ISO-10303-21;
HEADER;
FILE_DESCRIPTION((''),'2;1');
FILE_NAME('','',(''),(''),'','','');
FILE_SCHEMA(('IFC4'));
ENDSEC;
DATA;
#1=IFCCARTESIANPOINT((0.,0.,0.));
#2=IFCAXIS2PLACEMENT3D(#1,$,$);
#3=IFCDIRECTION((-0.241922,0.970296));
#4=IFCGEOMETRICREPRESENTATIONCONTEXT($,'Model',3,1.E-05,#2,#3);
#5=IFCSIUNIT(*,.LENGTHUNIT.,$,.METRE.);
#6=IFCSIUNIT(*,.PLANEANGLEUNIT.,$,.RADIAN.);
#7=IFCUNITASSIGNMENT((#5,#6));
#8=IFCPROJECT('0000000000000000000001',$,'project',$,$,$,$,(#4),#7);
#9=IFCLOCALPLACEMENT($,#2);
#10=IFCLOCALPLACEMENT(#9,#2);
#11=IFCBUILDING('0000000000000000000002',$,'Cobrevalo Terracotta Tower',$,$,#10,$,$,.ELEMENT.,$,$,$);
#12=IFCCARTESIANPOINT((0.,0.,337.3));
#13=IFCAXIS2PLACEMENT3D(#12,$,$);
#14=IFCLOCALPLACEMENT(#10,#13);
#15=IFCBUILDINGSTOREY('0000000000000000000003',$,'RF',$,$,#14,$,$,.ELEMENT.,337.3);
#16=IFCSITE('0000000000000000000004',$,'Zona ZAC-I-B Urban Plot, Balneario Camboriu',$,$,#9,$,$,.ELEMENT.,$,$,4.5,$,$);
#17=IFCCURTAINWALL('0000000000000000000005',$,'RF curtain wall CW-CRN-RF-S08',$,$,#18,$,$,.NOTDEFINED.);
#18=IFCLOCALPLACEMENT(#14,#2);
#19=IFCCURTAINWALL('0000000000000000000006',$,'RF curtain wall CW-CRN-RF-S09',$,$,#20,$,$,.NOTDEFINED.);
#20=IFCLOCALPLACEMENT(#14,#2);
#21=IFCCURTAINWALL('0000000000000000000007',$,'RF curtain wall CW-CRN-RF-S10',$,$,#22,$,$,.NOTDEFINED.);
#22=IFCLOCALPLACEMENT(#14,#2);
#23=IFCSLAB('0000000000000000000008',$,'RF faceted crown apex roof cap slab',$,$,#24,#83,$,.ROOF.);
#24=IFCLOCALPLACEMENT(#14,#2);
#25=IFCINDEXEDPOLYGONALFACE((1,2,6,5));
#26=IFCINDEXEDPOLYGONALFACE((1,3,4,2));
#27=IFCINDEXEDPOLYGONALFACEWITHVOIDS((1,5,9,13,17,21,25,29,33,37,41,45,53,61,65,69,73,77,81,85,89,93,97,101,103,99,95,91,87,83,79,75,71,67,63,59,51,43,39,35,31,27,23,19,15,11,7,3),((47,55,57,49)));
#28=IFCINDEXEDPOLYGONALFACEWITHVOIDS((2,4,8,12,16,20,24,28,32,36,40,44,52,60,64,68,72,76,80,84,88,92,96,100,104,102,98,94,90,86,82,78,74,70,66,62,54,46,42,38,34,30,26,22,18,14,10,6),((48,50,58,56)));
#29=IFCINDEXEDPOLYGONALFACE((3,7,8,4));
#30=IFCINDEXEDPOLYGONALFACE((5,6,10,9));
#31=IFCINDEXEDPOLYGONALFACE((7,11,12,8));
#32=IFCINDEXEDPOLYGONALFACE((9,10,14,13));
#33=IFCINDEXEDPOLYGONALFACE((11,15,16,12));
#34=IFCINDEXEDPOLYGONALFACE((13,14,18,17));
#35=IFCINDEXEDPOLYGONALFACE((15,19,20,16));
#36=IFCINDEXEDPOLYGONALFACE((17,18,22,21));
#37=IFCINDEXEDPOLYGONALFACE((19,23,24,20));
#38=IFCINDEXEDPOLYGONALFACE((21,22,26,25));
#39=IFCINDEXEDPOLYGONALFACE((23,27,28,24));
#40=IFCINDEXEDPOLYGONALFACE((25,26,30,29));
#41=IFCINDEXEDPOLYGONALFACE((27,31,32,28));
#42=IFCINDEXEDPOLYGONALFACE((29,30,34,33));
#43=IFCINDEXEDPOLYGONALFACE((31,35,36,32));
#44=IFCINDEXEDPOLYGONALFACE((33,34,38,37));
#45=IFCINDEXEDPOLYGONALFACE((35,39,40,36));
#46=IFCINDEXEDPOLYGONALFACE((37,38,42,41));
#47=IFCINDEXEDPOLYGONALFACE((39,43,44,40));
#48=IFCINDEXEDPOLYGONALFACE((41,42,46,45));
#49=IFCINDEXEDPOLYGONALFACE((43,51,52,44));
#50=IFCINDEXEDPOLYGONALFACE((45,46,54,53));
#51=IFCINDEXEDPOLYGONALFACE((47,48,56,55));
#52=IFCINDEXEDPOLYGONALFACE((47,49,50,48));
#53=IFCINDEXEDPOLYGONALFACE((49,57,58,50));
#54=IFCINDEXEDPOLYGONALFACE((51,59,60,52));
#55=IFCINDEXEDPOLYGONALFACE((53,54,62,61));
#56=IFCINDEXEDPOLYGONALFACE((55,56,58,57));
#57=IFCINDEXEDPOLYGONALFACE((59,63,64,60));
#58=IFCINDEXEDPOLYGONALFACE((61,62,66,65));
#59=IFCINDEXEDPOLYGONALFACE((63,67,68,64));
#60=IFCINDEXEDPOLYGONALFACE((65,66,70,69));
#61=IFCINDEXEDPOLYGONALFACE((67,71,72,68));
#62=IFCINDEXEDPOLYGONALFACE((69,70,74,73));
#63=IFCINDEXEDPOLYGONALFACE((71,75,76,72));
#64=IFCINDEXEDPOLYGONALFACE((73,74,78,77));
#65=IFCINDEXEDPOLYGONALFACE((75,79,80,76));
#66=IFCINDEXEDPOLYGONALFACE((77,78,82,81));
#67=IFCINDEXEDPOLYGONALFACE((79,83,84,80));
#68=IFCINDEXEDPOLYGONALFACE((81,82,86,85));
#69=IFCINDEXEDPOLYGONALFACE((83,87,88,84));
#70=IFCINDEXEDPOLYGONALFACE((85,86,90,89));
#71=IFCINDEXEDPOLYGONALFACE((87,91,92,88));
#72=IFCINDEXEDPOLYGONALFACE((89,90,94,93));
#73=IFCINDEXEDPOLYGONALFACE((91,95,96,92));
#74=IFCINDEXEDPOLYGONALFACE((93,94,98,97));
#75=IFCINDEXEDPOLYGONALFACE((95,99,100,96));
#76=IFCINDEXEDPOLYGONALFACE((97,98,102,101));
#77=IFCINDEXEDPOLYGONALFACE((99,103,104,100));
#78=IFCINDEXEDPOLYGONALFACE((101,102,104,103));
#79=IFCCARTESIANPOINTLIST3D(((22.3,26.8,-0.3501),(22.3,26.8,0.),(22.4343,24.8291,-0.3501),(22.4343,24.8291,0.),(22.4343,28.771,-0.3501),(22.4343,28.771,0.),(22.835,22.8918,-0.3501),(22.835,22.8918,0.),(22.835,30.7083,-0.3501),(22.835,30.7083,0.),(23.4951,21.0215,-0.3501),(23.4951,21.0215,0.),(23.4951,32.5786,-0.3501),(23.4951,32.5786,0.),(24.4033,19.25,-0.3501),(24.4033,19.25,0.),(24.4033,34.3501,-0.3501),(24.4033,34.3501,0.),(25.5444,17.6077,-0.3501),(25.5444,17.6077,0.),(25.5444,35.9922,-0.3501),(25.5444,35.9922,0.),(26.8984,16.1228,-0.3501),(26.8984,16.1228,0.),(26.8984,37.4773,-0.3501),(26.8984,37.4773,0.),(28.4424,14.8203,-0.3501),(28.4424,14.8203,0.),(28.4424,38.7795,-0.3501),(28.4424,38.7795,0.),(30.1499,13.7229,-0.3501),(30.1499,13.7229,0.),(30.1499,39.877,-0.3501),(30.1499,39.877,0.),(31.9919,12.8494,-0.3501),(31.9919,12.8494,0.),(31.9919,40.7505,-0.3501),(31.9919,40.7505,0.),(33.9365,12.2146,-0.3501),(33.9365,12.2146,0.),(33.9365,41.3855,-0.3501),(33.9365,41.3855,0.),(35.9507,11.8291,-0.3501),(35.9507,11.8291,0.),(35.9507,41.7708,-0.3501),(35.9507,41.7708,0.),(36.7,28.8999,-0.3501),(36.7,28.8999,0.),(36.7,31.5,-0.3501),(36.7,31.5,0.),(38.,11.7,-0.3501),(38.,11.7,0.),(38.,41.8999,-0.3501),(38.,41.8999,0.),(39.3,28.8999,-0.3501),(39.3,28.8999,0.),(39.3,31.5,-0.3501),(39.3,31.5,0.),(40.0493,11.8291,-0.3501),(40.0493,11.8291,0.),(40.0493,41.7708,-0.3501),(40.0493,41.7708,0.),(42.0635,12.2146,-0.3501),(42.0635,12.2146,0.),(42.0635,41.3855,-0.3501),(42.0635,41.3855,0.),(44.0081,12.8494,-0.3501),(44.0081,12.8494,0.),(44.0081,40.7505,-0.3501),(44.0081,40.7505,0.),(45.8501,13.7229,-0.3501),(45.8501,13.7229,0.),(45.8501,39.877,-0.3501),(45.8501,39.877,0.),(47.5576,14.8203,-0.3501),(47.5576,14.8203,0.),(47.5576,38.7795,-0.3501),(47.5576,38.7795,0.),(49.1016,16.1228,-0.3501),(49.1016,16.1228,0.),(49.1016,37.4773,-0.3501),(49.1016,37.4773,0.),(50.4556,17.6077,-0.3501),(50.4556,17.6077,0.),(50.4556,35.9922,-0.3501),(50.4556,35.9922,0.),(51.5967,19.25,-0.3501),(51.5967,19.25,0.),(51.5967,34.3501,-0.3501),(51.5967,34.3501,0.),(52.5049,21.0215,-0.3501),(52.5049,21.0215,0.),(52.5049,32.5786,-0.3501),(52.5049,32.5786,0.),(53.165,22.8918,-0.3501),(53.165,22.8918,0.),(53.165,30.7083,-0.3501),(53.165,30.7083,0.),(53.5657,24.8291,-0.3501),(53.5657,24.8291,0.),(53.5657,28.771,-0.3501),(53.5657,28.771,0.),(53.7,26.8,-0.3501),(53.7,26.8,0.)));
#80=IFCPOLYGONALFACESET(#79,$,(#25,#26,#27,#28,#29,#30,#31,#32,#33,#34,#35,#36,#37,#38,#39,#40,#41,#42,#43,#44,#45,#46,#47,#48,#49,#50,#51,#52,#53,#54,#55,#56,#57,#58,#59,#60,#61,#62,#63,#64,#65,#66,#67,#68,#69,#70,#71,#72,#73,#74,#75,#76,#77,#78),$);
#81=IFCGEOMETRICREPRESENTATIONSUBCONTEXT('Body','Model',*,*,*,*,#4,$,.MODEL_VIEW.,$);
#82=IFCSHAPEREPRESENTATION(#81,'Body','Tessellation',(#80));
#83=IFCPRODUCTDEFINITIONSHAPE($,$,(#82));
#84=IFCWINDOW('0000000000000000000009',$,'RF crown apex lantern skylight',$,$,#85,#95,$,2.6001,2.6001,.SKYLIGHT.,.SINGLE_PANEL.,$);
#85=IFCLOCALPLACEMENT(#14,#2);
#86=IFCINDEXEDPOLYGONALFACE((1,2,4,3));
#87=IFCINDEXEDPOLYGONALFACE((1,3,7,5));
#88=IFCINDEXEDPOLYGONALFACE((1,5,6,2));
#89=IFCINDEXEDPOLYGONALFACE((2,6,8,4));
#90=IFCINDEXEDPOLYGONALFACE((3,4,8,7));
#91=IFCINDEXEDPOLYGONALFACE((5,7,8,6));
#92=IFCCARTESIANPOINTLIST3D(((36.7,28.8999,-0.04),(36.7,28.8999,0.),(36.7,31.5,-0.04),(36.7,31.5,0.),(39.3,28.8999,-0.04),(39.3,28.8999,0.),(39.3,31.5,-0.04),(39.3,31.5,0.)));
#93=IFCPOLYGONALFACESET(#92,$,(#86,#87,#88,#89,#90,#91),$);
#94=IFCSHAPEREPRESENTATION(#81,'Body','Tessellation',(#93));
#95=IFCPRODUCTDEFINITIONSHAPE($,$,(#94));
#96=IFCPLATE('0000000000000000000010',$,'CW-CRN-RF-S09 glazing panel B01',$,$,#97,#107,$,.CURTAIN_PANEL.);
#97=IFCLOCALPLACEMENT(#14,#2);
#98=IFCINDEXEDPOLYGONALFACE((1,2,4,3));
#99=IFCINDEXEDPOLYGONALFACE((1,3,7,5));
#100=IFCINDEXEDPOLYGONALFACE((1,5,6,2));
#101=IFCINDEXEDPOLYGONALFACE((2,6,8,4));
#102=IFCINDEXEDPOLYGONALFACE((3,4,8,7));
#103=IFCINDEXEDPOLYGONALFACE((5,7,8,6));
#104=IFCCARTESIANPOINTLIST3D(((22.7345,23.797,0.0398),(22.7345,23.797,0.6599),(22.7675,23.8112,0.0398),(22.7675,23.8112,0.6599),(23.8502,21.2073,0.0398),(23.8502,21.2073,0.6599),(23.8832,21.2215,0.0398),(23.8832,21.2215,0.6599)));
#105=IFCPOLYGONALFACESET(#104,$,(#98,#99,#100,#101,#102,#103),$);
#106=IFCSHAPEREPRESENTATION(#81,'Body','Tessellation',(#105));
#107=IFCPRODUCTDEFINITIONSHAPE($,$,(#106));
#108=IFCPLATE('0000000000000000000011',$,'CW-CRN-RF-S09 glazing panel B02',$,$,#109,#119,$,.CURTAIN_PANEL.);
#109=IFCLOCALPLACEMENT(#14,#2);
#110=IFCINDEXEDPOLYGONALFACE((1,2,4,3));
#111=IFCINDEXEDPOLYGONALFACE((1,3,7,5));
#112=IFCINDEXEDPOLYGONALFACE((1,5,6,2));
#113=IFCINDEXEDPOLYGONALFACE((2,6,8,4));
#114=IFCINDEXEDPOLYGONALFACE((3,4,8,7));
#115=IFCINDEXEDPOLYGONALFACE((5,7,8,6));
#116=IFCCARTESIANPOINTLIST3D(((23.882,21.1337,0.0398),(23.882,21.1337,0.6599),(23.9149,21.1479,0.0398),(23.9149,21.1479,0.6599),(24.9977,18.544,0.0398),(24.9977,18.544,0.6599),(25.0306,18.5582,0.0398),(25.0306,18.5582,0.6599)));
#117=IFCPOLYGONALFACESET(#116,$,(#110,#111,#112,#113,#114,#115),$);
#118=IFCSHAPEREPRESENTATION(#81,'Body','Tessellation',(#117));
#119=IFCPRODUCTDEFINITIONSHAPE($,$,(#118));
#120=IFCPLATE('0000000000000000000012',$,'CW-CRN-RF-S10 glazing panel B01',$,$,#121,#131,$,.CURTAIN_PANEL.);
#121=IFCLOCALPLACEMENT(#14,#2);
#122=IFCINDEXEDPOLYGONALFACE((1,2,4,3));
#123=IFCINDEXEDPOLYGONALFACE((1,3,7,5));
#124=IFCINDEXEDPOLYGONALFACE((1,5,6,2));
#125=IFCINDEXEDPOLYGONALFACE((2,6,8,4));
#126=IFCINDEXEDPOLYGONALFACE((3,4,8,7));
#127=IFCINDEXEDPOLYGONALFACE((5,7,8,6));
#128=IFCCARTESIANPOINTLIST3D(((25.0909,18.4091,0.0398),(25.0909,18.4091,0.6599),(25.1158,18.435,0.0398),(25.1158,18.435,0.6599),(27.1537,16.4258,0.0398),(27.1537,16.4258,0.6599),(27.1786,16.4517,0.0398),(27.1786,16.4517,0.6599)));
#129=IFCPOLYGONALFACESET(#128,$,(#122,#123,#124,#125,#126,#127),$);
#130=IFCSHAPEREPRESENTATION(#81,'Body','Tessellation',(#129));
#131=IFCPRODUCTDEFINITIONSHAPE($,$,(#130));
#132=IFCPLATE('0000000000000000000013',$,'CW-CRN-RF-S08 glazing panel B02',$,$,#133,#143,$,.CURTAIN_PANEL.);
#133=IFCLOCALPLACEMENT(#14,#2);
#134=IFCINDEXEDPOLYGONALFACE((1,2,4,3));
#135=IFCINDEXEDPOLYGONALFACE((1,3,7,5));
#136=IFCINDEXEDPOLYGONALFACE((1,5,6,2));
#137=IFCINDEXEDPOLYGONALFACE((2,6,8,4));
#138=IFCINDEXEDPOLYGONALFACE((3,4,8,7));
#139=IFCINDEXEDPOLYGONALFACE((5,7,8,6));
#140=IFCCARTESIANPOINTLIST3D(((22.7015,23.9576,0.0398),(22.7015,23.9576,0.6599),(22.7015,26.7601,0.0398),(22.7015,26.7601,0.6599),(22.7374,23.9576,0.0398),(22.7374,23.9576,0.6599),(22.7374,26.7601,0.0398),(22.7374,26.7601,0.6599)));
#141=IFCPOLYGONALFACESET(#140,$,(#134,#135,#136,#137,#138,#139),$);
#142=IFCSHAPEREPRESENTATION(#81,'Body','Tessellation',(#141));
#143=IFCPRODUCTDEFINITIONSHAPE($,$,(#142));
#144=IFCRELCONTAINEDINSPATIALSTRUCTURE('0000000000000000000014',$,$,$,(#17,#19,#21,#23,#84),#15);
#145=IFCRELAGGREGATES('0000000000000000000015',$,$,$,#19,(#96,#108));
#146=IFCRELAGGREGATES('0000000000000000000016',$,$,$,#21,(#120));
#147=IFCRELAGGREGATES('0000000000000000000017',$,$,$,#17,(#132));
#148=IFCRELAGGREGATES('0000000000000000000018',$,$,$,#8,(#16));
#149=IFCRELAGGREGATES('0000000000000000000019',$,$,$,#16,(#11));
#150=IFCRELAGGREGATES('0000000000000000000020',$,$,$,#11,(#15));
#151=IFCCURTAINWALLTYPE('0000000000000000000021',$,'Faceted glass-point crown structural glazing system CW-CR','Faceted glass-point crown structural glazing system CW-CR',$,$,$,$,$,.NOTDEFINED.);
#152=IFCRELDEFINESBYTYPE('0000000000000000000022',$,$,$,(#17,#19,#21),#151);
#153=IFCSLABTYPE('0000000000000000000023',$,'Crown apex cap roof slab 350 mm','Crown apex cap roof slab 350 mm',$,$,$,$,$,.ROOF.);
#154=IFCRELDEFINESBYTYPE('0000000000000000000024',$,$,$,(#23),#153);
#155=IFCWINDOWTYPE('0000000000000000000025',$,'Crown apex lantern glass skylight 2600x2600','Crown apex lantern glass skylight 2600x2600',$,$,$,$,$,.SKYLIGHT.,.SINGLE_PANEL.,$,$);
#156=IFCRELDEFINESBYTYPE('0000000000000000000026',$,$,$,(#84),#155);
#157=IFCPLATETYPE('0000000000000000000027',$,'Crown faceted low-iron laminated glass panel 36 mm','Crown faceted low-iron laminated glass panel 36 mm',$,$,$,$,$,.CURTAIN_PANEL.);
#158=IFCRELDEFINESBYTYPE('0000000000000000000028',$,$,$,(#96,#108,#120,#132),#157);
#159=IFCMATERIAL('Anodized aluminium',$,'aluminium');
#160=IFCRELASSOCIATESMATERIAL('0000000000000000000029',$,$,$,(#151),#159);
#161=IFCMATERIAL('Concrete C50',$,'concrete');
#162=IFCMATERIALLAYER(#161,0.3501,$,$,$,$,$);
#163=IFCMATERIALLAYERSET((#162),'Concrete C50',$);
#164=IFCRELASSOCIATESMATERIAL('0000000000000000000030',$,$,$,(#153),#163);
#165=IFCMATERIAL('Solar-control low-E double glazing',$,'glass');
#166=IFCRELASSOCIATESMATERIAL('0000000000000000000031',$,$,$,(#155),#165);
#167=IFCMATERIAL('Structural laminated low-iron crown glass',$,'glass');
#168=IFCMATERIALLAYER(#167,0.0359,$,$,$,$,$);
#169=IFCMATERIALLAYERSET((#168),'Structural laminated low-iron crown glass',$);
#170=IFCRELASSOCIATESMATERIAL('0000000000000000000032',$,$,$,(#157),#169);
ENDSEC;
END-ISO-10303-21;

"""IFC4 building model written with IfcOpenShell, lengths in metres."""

from ifc_helpers import new_model, si_unit, direction, frame, origin, origin_2d, place, context, subcontext, project, spatial, polyline, rectangle, outline, extrude, source, transform, mapped, material, layer, layer_set, type_object, element, fill, aggregate, save


model = new_model("IFC4")

# Units and contexts
model_context = context("Model", 3, precision=1e-05, world=origin(), true_north=direction((-0.241922, 0.970296)))
body_context = subcontext(model_context, "Body", "Model", "MODEL_VIEW")
ifc_project = project(units=[si_unit("LENGTHUNIT", "METRE"), si_unit("PLANEANGLEUNIT", "RADIAN")], contexts=[model_context])

# Site, building, storey
site_placement = place(None, origin())
site = spatial("IfcSite", under=ifc_project, at=site_placement, Name="Zona ZAC-I-B Urban Plot, Balneario Camboriu", CompositionType="ELEMENT", RefElevation=4.5)
building_placement = place(site_placement, origin())
building = spatial("IfcBuilding", under=site, at=building_placement, Name="Cobrevalo Terracotta Tower", CompositionType="ELEMENT")
storey_placement = place(building_placement, frame((0.0, 0.0, 337.3)))
storey = spatial("IfcBuildingStorey", under=building, at=storey_placement, Name="RF", CompositionType="ELEMENT", Elevation=337.3)

# Curtain wall
ifc_material_1 = material(Name="Anodized aluminium", Category="aluminium")
curtain_wall_type = type_object("IfcCurtainWallType", Name="Faceted glass-point crown structural glazing system CW-CR", Description="Faceted glass-point crown structural glazing system CW-CR", PredefinedType="NOTDEFINED", material=ifc_material_1)
curtain_wall_1_placement = place(storey_placement, origin())
curtain_wall_1 = element("IfcCurtainWall", 1, at=curtain_wall_1_placement, inside=storey, type_object=curtain_wall_type, Name="RF curtain wall CW-CRN-RF-S08", PredefinedType="NOTDEFINED")

# Curtain walls
curtain_wall_2_placement = place(storey_placement, origin())
curtain_wall_2 = element("IfcCurtainWall", 2, at=curtain_wall_2_placement, inside=storey, type_object=curtain_wall_type, Name="RF curtain wall CW-CRN-RF-S09", PredefinedType="NOTDEFINED")
curtain_wall_3_placement = place(storey_placement, origin())
curtain_wall_3 = element("IfcCurtainWall", 3, at=curtain_wall_3_placement, inside=storey, type_object=curtain_wall_type, Name="RF curtain wall CW-CRN-RF-S10", PredefinedType="NOTDEFINED")

# Slab, opening, window
ifc_material_2 = material(Name="Concrete C50", Category="concrete")
ifc_layer_1 = layer(ifc_material_2, 0.3501)
ifc_layer_set_1 = layer_set([ifc_layer_1], Name="Concrete C50")
slab_type = type_object("IfcSlabType", Name="Crown apex cap roof slab 350 mm", Description="Crown apex cap roof slab 350 mm", PredefinedType="ROOF", material=ifc_layer_set_1)
slab_placement = place(storey_placement, frame((0.0, 0.0, -0.3501)))
slab = element("IfcSlab", 4, at=slab_placement, inside=storey, type_object=slab_type, Name="RF faceted crown apex roof cap slab", PredefinedType="ROOF", context=body_context, shape_type="SweptSolid", body=[
    extrude(outline(polyline([(53.5657, 24.8291), (53.165, 22.8918), (52.5049, 21.0215), (51.5967, 19.25), (50.4556, 17.6077), (49.1016, 16.1228), (47.5576, 14.8203), (45.8501, 13.7229), (44.0081, 12.8494), (42.0635, 12.2146), (40.0493, 11.8291), (38.0, 11.7), (35.9507, 11.8291), (33.9365, 12.2146), (31.9919, 12.8494), (30.1499, 13.7229), (28.4424, 14.8203), (26.8984, 16.1228), (25.5444, 17.6077), (24.4033, 19.25), (23.4951, 21.0215), (22.835, 22.8918), (22.4343, 24.8291), (22.3, 26.8), (22.4343, 28.771), (22.835, 30.7083), (23.4951, 32.5786), (24.4033, 34.3501), (25.5444, 35.9922), (26.8984, 37.4773), (28.4424, 38.7795), (30.1499, 39.877), (31.9919, 40.7505), (33.9365, 41.3855), (35.9507, 41.7708), (38.0, 41.8999), (40.0493, 41.7708), (42.0635, 41.3855), (44.0081, 40.7505), (45.8501, 39.877), (47.5576, 38.7795), (49.1016, 37.4773), (50.4556, 35.9922), (51.5967, 34.3501), (52.5049, 32.5786), (53.165, 30.7083), (53.5657, 28.771), (53.7, 26.8), (53.5657, 24.8291)]), holes=[polyline([(39.3, 28.8999), (39.3, 31.5), (36.7, 31.5), (36.7, 28.8999), (39.3, 28.8999)])]), origin(), (0.0, 0.0, 1.0), 0.3501),
])
opening_placement = place(slab_placement, frame((38.0, 30.2, 0.0)))
opening = element("IfcOpeningElement", 5, at=opening_placement, cuts=slab, PredefinedType="OPENING", context=body_context, shape_type="SweptSolid", body=[
    extrude(rectangle(XDim=2.6001, YDim=2.6001, at=origin_2d()), origin(), (0.0, 0.0, 1.0), 0.3501),
])
ifc_material_3 = material(Name="Solar-control low-E double glazing", Category="glass")
window_type = type_object("IfcWindowType", Name="Crown apex lantern glass skylight 2600x2600", Description="Crown apex lantern glass skylight 2600x2600", PartitioningType="SINGLE_PANEL", PredefinedType="SKYLIGHT", material=ifc_material_3)
window_placement = place(opening_placement, frame((0.0, 0.0, 0.3101)))
window = element("IfcWindow", 6, at=window_placement, inside=storey, type_object=window_type, Name="RF crown apex lantern skylight", OverallHeight=2.6001, OverallWidth=2.6001, PartitioningType="SINGLE_PANEL", PredefinedType="SKYLIGHT", context=body_context, shape_type="SweptSolid", body=[
    extrude(rectangle(XDim=2.6001, YDim=2.6001, at=origin_2d()), origin(), (0.0, 0.0, 1.0), 0.04),
])
fill(opening, window)

# Plates
ifc_material_4 = material(Name="Structural laminated low-iron crown glass", Category="glass")
ifc_layer_2 = layer(ifc_material_4, 0.0359)
ifc_layer_set_2 = layer_set([ifc_layer_2], Name="Structural laminated low-iron crown glass")
plate_type = type_object("IfcPlateType", Name="Crown faceted low-iron laminated glass panel 36 mm", Description="Crown faceted low-iron laminated glass panel 36 mm", PredefinedType="CURTAIN_PANEL", material=ifc_layer_set_2)
shared_shape_1 = source(origin(), body_context, "Body", "SweptSolid", [
    extrude(rectangle(XDim=2.8198, YDim=0.0359, at=origin_2d()), origin(), (0.0, 0.0, 1.0), 0.6201),
])
plate_1_placement = place(storey_placement, frame((23.3088, 22.5093, 0.0398), z_axis=(0.0, 0.0, 1.0), x_axis=(0.395651, -0.918401, 0.0)))
plate_1 = element("IfcPlate", 7, at=plate_1_placement, type_object=plate_type, Name="CW-CRN-RF-S09 glazing panel B01", PredefinedType="CURTAIN_PANEL", context=body_context, shape_type="MappedRepresentation", body=[
    mapped(shared_shape_1, transform((0.0, 0.0, 0.0), scale=1.0)),
])
plate_2_placement = place(storey_placement, frame((24.4563, 19.8459, 0.0398), z_axis=(0.0, 0.0, 1.0), x_axis=(0.395651, -0.918401, 0.0)))
plate_2 = element("IfcPlate", 8, at=plate_2_placement, type_object=plate_type, Name="CW-CRN-RF-S09 glazing panel B02", PredefinedType="CURTAIN_PANEL", context=body_context, shape_type="MappedRepresentation", body=[
    mapped(shared_shape_1, transform((0.0, 0.0, 0.0), scale=1.0)),
])
aggregate(curtain_wall_2, [plate_1, plate_2])
shared_shape_2 = source(origin(), body_context, "Body", "SweptSolid", [
    extrude(rectangle(XDim=2.8616, YDim=0.0359, at=origin_2d()), origin(), (0.0, 0.0, 1.0), 0.6201),
])
plate_3_placement = place(storey_placement, frame((26.1348, 17.4304, 0.0398), z_axis=(0.0, 0.0, 1.0), x_axis=(0.720851, -0.69309, 0.0)))
plate_3 = element("IfcPlate", 9, at=plate_3_placement, type_object=plate_type, Name="CW-CRN-RF-S10 glazing panel B01", PredefinedType="CURTAIN_PANEL", context=body_context, shape_type="MappedRepresentation", body=[
    mapped(shared_shape_2, transform((0.0, 0.0, 0.0), scale=1.0)),
])
aggregate(curtain_wall_3, [plate_3])
shared_shape_3 = source(origin(), body_context, "Body", "SweptSolid", [
    extrude(rectangle(XDim=2.8025, YDim=0.0359, at=origin_2d()), origin(), (0.0, 0.0, 1.0), 0.6201),
])
plate_4_placement = place(storey_placement, frame((22.7195, 25.3589, 0.0398), z_axis=(0.0, 0.0, 1.0), x_axis=(0.0, -1.0, 0.0)))
plate_4 = element("IfcPlate", 10, at=plate_4_placement, type_object=plate_type, Name="CW-CRN-RF-S08 glazing panel B02", PredefinedType="CURTAIN_PANEL", context=body_context, shape_type="MappedRepresentation", body=[
    mapped(shared_shape_3, transform((0.0, 0.0, 0.0), scale=1.0)),
])
aggregate(curtain_wall_1, [plate_4])

save(model, "model.ifc")
